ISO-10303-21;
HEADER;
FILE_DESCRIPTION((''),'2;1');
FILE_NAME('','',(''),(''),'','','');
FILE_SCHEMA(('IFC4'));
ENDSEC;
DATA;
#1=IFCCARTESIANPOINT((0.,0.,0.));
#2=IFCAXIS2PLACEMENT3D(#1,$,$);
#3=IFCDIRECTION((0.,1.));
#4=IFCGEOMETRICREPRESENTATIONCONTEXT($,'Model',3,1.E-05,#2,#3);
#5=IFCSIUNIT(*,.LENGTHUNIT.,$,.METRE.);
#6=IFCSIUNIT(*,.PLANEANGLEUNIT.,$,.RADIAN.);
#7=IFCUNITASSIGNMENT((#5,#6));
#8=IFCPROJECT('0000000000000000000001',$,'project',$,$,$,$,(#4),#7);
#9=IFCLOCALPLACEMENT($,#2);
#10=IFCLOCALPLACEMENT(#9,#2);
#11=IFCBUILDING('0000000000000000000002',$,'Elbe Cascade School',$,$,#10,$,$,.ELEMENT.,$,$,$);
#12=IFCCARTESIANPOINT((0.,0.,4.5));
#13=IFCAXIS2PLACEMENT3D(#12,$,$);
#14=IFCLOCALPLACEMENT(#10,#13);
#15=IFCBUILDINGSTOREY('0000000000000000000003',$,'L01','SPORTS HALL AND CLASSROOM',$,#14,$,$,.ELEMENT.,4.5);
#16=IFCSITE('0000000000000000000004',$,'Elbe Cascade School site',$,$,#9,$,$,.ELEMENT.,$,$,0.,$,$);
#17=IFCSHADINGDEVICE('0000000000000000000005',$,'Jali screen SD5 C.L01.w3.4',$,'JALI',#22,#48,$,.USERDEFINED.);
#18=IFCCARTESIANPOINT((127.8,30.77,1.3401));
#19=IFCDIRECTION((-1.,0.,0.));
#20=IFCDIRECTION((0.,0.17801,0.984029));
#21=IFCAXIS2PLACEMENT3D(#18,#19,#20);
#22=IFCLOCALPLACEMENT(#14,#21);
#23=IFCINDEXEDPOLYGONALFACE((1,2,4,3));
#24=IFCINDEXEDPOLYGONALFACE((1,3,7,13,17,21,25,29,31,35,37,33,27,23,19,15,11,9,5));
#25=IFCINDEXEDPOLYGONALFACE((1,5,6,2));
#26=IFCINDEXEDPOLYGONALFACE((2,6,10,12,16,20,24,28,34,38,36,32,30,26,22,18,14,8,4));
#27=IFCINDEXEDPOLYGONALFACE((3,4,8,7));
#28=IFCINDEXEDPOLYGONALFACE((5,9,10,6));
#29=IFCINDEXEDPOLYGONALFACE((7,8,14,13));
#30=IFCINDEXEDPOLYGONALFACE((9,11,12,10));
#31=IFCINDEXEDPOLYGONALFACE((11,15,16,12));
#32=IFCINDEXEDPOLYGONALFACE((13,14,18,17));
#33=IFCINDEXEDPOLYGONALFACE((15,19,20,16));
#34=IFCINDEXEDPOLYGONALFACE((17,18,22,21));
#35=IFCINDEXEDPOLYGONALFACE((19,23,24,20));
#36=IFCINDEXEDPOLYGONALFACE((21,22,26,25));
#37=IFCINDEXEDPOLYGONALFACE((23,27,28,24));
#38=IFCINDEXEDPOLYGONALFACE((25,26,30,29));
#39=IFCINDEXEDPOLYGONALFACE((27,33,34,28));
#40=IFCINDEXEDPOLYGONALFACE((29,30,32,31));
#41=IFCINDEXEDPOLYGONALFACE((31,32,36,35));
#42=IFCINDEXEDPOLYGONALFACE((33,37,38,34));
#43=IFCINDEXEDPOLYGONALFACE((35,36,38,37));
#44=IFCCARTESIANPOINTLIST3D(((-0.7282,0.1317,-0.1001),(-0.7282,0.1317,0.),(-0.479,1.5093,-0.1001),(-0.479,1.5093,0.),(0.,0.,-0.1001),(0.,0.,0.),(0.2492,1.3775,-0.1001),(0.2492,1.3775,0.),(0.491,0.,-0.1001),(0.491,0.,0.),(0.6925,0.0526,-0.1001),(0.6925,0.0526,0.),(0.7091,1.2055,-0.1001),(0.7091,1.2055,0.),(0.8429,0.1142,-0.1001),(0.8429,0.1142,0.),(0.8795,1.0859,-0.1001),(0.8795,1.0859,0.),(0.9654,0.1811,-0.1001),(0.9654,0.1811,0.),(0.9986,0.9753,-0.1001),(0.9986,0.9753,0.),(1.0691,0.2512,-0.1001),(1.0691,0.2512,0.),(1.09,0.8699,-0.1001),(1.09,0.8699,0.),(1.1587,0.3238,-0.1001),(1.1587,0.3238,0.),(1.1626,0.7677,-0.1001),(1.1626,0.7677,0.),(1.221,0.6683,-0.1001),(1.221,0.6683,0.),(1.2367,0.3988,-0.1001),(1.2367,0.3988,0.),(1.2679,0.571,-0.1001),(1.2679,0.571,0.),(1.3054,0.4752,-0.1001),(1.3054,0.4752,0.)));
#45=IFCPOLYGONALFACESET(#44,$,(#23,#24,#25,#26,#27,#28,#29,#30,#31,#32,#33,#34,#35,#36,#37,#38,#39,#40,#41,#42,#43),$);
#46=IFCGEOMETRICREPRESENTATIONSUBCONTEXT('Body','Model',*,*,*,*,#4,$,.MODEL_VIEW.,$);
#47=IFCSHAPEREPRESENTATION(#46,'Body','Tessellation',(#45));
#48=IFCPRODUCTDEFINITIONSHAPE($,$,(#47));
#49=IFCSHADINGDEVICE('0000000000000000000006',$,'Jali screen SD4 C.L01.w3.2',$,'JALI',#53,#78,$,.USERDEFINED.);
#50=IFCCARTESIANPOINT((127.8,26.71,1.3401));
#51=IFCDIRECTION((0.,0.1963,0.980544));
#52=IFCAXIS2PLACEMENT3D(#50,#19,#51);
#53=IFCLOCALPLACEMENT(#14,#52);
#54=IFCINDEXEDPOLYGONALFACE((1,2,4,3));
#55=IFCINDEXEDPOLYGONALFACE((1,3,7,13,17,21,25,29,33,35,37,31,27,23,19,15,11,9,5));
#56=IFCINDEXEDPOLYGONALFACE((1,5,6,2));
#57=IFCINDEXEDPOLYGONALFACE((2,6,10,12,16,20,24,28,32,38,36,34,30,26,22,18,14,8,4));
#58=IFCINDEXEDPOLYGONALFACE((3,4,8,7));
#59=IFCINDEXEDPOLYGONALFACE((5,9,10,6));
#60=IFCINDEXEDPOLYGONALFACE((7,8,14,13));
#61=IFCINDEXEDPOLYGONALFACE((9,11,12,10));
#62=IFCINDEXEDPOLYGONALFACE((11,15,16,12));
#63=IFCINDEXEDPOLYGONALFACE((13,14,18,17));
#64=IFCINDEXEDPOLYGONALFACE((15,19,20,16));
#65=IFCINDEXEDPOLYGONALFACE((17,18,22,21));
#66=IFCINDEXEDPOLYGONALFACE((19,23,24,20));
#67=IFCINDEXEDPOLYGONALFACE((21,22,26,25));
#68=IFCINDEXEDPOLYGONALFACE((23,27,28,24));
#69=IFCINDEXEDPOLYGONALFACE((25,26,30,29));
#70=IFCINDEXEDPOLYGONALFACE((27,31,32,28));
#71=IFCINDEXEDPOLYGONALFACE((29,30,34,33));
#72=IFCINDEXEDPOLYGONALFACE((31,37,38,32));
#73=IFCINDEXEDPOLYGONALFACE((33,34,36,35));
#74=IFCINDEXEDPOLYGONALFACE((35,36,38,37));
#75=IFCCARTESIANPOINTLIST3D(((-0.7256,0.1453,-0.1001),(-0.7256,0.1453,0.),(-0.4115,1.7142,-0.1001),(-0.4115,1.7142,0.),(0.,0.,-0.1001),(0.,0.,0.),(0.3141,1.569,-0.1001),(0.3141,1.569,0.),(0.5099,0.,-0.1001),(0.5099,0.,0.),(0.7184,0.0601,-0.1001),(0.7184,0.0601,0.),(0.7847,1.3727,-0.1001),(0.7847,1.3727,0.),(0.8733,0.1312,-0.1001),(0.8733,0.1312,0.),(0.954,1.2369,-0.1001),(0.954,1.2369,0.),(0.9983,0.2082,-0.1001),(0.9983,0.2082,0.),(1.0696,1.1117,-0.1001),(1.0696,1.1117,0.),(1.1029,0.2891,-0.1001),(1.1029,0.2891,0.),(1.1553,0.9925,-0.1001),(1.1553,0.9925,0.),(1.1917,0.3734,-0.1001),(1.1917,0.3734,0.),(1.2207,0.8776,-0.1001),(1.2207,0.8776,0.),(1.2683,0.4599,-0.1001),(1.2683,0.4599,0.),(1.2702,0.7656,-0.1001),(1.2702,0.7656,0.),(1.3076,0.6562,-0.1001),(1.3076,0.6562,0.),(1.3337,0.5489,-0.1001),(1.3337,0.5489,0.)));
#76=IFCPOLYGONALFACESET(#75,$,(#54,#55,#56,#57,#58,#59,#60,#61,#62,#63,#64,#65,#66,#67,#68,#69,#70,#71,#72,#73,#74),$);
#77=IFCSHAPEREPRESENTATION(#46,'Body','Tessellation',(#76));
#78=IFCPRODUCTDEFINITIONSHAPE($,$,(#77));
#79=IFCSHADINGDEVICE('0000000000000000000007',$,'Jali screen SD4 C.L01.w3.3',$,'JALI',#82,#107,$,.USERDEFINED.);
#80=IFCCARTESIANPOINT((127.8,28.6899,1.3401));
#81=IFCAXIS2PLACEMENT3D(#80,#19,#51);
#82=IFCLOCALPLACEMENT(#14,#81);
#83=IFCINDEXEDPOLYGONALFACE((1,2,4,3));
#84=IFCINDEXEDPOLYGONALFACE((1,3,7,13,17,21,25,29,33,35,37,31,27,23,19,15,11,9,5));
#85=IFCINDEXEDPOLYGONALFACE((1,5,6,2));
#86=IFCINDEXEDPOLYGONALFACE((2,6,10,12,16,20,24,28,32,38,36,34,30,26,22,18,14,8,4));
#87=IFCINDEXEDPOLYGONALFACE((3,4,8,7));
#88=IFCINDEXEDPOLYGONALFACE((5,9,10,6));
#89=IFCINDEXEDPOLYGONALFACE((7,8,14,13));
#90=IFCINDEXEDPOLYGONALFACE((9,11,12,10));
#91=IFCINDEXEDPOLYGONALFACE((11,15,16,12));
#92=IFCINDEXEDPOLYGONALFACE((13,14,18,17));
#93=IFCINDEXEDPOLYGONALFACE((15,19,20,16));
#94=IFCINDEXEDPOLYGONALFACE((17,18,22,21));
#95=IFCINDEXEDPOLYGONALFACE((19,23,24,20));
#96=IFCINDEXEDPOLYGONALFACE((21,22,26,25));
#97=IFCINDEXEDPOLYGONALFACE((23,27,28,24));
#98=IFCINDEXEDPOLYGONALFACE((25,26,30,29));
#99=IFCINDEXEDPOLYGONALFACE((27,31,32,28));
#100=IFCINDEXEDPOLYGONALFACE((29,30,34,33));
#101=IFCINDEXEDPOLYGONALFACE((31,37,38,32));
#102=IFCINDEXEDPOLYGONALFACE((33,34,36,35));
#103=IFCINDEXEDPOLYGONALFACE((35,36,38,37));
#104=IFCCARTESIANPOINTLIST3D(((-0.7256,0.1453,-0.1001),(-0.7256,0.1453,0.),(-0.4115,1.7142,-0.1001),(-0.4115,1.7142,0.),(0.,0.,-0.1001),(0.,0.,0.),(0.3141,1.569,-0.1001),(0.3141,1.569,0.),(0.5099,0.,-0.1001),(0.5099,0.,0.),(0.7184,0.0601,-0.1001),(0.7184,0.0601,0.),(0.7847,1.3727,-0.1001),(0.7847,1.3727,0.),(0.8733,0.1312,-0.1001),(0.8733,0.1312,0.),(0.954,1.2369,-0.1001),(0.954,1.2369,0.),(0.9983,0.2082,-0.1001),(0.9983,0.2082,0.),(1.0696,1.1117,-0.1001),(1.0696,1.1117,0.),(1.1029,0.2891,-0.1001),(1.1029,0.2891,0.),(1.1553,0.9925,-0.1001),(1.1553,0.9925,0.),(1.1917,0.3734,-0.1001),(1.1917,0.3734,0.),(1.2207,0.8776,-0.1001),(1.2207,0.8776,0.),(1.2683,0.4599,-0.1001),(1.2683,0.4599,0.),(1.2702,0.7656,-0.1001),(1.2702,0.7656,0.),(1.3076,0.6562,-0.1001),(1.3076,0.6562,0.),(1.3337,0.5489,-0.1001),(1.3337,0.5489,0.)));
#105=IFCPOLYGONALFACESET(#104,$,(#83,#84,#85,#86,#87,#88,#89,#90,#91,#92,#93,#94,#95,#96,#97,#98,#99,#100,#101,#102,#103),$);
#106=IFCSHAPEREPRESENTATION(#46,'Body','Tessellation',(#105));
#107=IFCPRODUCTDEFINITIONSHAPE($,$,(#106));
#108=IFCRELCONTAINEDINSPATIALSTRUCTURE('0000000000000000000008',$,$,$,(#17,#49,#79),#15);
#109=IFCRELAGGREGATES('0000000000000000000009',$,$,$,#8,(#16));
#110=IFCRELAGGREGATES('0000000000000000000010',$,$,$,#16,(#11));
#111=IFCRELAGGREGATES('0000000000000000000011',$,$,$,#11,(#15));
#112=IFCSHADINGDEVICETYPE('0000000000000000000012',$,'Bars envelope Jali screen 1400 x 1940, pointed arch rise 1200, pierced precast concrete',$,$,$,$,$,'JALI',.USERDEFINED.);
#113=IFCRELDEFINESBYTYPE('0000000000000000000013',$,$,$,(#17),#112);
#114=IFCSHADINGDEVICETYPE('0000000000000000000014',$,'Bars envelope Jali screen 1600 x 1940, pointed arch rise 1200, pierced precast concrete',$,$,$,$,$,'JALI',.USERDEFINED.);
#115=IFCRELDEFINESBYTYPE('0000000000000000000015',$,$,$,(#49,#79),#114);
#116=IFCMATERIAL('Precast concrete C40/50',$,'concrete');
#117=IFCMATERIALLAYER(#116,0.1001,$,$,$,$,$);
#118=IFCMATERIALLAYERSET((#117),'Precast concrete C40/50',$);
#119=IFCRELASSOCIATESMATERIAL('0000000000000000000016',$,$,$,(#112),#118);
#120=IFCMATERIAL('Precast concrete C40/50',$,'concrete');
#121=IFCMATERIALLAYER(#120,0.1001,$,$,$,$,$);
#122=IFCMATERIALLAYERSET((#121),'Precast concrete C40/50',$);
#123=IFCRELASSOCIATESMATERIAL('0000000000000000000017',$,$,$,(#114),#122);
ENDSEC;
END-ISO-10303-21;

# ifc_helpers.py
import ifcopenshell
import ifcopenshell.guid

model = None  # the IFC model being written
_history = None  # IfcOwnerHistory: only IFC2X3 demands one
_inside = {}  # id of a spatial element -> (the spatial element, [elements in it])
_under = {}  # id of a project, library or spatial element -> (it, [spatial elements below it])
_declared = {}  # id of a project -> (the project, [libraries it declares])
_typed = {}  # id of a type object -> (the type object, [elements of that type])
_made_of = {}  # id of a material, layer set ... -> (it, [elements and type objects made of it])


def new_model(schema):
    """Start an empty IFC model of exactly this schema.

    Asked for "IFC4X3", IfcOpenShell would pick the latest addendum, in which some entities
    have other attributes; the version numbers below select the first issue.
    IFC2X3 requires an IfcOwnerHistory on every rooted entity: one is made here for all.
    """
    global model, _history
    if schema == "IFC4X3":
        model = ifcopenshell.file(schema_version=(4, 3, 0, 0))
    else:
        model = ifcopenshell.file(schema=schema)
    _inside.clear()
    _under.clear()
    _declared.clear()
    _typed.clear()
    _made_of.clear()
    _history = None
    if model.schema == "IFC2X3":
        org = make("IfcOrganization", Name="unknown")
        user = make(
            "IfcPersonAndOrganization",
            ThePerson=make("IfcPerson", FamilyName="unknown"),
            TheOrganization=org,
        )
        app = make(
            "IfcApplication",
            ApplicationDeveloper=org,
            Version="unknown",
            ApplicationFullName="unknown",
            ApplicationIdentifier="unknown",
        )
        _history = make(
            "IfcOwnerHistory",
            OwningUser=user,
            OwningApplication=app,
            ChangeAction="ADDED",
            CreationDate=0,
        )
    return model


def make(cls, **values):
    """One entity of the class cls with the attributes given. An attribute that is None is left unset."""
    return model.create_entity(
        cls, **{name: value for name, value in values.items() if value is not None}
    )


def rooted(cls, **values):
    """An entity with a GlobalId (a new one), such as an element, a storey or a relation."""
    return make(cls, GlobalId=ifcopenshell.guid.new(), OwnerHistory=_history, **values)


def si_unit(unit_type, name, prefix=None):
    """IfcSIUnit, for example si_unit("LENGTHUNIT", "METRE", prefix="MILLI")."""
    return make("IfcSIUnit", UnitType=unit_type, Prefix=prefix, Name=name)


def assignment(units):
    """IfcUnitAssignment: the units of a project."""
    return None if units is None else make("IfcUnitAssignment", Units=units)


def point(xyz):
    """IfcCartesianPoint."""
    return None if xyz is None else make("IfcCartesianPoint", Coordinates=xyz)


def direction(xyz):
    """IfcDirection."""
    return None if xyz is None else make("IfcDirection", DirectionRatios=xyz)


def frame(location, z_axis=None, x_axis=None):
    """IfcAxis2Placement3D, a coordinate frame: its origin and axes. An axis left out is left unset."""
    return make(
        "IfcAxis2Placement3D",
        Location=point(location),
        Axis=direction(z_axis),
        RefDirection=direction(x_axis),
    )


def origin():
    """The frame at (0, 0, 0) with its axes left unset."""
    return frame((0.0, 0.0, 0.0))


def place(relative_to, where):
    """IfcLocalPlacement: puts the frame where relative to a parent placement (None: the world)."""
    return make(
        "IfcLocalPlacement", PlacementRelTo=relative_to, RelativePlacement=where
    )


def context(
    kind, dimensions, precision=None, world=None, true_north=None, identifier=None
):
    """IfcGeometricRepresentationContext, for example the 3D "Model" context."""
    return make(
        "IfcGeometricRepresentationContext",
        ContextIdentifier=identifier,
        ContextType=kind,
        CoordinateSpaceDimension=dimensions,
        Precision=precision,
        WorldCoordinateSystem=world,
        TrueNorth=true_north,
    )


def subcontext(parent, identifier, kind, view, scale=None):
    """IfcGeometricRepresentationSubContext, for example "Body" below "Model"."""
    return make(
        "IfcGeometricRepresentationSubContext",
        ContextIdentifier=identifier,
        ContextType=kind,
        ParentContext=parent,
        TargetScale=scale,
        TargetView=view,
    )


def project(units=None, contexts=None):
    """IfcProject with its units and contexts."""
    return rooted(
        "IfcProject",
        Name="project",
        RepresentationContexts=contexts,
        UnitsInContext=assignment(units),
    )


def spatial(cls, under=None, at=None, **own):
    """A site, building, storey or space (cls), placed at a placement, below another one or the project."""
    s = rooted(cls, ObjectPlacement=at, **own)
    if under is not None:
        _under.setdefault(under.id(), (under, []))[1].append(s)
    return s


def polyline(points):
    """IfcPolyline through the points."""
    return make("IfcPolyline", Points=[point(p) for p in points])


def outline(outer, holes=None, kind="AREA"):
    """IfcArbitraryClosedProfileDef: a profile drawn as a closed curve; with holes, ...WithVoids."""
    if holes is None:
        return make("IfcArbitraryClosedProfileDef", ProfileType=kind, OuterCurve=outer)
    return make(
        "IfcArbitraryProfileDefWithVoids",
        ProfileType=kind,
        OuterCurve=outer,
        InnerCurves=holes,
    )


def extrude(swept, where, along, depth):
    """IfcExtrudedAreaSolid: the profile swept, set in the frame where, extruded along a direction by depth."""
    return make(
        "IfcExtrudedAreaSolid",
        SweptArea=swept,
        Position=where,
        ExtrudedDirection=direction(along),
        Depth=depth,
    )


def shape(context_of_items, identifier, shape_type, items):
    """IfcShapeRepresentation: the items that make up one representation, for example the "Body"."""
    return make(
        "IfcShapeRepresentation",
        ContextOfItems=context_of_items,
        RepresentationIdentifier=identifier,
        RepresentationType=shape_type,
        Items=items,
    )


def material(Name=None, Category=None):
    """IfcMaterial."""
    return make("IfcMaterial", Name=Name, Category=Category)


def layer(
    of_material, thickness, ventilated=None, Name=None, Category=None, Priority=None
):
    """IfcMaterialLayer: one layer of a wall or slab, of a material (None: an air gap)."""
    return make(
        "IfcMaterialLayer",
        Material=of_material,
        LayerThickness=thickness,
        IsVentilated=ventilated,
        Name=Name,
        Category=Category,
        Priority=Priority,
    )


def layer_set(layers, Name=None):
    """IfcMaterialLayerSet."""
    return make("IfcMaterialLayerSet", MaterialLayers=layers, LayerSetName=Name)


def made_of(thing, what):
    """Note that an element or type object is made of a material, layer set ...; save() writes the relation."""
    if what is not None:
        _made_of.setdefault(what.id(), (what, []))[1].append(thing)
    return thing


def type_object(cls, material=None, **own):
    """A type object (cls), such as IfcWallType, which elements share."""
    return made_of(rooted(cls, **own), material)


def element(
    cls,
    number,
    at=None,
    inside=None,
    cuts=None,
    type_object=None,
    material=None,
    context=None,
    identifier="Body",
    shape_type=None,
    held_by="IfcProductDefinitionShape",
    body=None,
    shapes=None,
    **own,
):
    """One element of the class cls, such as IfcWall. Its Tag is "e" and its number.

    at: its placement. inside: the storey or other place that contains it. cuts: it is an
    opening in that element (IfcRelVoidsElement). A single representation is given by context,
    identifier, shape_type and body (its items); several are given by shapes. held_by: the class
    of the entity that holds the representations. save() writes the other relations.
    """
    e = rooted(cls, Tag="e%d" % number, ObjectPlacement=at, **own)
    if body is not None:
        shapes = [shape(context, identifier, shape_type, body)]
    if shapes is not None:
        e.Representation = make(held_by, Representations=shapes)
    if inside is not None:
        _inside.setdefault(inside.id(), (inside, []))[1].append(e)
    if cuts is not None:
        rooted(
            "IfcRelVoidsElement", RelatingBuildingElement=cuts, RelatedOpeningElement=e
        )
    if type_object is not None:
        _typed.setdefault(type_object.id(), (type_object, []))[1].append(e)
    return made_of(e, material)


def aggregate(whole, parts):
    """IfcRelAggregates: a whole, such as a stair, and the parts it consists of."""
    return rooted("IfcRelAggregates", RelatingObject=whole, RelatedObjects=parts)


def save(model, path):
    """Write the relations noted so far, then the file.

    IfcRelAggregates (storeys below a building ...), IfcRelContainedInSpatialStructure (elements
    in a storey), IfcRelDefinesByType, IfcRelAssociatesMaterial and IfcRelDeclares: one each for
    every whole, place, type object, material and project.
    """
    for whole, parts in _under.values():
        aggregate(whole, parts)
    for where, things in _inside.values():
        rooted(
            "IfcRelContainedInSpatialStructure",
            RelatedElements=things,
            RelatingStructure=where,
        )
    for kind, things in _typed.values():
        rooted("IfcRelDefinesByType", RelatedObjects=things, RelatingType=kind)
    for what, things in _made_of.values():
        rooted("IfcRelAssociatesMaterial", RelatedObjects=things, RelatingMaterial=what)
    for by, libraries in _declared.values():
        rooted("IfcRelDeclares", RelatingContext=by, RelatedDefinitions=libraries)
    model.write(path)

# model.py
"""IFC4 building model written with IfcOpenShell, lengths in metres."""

from ifc_helpers import new_model, si_unit, direction, frame, origin, place, context, subcontext, project, spatial, polyline, outline, extrude, material, layer, layer_set, type_object, element, save


model = new_model("IFC4")

# Units and contexts
model_context = context("Model", 3, precision=1e-05, world=origin(), true_north=direction((0.0, 1.0)))
body_context = subcontext(model_context, "Body", "Model", "MODEL_VIEW")
ifc_project = project(units=[si_unit("LENGTHUNIT", "METRE"), si_unit("PLANEANGLEUNIT", "RADIAN")], contexts=[model_context])

# Site, building, storey
site_placement = place(None, origin())
site = spatial("IfcSite", under=ifc_project, at=site_placement, Name="Elbe Cascade School site", CompositionType="ELEMENT", RefElevation=0.0)
building_placement = place(site_placement, origin())
building = spatial("IfcBuilding", under=site, at=building_placement, Name="Elbe Cascade School", CompositionType="ELEMENT")
storey_placement = place(building_placement, frame((0.0, 0.0, 4.5)))
storey = spatial("IfcBuildingStorey", under=building, at=storey_placement, Name="L01", Description="SPORTS HALL AND CLASSROOM", CompositionType="ELEMENT", Elevation=4.5)

# Shading devices
ifc_material_1 = material(Name="Precast concrete C40/50", Category="concrete")
ifc_layer_1 = layer(ifc_material_1, 0.1001)
ifc_layer_set_1 = layer_set([ifc_layer_1], Name="Precast concrete C40/50")
shading_device_type_1 = type_object("IfcShadingDeviceType", Name="Bars envelope Jali screen 1400 x 1940, pointed arch rise 1200, pierced precast concrete", ElementType="JALI", PredefinedType="USERDEFINED", material=ifc_layer_set_1)
shading_device_1_placement = place(storey_placement, frame((127.8, 30.77, 1.3401), z_axis=(-1.0, 0.0, 0.0), x_axis=(0.0, 0.17801, 0.984029)))
element("IfcShadingDevice", 1, at=shading_device_1_placement, inside=storey, type_object=shading_device_type_1, Name="Jali screen SD5 C.L01.w3.4", ObjectType="JALI", PredefinedType="USERDEFINED", context=body_context, shape_type="SweptSolid", body=[
    extrude(outline(polyline([(0.0, 0.0), (0.491, 0.0), (0.6925, 0.0526), (0.8429, 0.1142), (0.9654, 0.1811), (1.0691, 0.2512), (1.1587, 0.3238), (1.2367, 0.3988), (1.3054, 0.4752), (1.2679, 0.571), (1.221, 0.6683), (1.1626, 0.7677), (1.09, 0.8699), (0.9986, 0.9753), (0.8795, 1.0859), (0.7091, 1.2055), (0.2492, 1.3775), (-0.479, 1.5093), (-0.7282, 0.1317), (0.0, 0.0)])), origin(), (0.0, 0.0, -1.0), 0.1001),
])
ifc_material_2 = material(Name="Precast concrete C40/50", Category="concrete")
ifc_layer_2 = layer(ifc_material_2, 0.1001)
ifc_layer_set_2 = layer_set([ifc_layer_2], Name="Precast concrete C40/50")
shading_device_type_2 = type_object("IfcShadingDeviceType", Name="Bars envelope Jali screen 1600 x 1940, pointed arch rise 1200, pierced precast concrete", ElementType="JALI", PredefinedType="USERDEFINED", material=ifc_layer_set_2)
for number, where, z_axis, x_axis, name in (
    (2, (127.8, 26.71, 1.3401), (-1.0, 0.0, 0.0), (0.0, 0.1963, 0.980544), "Jali screen SD4 C.L01.w3.2"),
    (3, (127.8, 28.6899, 1.3401), (-1.0, 0.0, 0.0), (0.0, 0.1963, 0.980544), "Jali screen SD4 C.L01.w3.3"),
):
    element("IfcShadingDevice", number, at=place(storey_placement, frame(where, z_axis=z_axis, x_axis=x_axis)), inside=storey, type_object=shading_device_type_2, Name=name, ObjectType="JALI", PredefinedType="USERDEFINED", context=body_context, shape_type="SweptSolid", body=[
        extrude(outline(polyline([(0.0, 0.0), (0.5099, 0.0), (0.7184, 0.0601), (0.8733, 0.1312), (0.9983, 0.2082), (1.1029, 0.2891), (1.1917, 0.3734), (1.2683, 0.4599), (1.3337, 0.5489), (1.3076, 0.6562), (1.2702, 0.7656), (1.2207, 0.8776), (1.1553, 0.9925), (1.0696, 1.1117), (0.954, 1.2369), (0.7847, 1.3727), (0.3141, 1.569), (-0.4115, 1.7142), (-0.7256, 0.1453), (0.0, 0.0)])), origin(), (0.0, 0.0, -1.0), 0.1001),
    ])

save(model, "model.ifc")
